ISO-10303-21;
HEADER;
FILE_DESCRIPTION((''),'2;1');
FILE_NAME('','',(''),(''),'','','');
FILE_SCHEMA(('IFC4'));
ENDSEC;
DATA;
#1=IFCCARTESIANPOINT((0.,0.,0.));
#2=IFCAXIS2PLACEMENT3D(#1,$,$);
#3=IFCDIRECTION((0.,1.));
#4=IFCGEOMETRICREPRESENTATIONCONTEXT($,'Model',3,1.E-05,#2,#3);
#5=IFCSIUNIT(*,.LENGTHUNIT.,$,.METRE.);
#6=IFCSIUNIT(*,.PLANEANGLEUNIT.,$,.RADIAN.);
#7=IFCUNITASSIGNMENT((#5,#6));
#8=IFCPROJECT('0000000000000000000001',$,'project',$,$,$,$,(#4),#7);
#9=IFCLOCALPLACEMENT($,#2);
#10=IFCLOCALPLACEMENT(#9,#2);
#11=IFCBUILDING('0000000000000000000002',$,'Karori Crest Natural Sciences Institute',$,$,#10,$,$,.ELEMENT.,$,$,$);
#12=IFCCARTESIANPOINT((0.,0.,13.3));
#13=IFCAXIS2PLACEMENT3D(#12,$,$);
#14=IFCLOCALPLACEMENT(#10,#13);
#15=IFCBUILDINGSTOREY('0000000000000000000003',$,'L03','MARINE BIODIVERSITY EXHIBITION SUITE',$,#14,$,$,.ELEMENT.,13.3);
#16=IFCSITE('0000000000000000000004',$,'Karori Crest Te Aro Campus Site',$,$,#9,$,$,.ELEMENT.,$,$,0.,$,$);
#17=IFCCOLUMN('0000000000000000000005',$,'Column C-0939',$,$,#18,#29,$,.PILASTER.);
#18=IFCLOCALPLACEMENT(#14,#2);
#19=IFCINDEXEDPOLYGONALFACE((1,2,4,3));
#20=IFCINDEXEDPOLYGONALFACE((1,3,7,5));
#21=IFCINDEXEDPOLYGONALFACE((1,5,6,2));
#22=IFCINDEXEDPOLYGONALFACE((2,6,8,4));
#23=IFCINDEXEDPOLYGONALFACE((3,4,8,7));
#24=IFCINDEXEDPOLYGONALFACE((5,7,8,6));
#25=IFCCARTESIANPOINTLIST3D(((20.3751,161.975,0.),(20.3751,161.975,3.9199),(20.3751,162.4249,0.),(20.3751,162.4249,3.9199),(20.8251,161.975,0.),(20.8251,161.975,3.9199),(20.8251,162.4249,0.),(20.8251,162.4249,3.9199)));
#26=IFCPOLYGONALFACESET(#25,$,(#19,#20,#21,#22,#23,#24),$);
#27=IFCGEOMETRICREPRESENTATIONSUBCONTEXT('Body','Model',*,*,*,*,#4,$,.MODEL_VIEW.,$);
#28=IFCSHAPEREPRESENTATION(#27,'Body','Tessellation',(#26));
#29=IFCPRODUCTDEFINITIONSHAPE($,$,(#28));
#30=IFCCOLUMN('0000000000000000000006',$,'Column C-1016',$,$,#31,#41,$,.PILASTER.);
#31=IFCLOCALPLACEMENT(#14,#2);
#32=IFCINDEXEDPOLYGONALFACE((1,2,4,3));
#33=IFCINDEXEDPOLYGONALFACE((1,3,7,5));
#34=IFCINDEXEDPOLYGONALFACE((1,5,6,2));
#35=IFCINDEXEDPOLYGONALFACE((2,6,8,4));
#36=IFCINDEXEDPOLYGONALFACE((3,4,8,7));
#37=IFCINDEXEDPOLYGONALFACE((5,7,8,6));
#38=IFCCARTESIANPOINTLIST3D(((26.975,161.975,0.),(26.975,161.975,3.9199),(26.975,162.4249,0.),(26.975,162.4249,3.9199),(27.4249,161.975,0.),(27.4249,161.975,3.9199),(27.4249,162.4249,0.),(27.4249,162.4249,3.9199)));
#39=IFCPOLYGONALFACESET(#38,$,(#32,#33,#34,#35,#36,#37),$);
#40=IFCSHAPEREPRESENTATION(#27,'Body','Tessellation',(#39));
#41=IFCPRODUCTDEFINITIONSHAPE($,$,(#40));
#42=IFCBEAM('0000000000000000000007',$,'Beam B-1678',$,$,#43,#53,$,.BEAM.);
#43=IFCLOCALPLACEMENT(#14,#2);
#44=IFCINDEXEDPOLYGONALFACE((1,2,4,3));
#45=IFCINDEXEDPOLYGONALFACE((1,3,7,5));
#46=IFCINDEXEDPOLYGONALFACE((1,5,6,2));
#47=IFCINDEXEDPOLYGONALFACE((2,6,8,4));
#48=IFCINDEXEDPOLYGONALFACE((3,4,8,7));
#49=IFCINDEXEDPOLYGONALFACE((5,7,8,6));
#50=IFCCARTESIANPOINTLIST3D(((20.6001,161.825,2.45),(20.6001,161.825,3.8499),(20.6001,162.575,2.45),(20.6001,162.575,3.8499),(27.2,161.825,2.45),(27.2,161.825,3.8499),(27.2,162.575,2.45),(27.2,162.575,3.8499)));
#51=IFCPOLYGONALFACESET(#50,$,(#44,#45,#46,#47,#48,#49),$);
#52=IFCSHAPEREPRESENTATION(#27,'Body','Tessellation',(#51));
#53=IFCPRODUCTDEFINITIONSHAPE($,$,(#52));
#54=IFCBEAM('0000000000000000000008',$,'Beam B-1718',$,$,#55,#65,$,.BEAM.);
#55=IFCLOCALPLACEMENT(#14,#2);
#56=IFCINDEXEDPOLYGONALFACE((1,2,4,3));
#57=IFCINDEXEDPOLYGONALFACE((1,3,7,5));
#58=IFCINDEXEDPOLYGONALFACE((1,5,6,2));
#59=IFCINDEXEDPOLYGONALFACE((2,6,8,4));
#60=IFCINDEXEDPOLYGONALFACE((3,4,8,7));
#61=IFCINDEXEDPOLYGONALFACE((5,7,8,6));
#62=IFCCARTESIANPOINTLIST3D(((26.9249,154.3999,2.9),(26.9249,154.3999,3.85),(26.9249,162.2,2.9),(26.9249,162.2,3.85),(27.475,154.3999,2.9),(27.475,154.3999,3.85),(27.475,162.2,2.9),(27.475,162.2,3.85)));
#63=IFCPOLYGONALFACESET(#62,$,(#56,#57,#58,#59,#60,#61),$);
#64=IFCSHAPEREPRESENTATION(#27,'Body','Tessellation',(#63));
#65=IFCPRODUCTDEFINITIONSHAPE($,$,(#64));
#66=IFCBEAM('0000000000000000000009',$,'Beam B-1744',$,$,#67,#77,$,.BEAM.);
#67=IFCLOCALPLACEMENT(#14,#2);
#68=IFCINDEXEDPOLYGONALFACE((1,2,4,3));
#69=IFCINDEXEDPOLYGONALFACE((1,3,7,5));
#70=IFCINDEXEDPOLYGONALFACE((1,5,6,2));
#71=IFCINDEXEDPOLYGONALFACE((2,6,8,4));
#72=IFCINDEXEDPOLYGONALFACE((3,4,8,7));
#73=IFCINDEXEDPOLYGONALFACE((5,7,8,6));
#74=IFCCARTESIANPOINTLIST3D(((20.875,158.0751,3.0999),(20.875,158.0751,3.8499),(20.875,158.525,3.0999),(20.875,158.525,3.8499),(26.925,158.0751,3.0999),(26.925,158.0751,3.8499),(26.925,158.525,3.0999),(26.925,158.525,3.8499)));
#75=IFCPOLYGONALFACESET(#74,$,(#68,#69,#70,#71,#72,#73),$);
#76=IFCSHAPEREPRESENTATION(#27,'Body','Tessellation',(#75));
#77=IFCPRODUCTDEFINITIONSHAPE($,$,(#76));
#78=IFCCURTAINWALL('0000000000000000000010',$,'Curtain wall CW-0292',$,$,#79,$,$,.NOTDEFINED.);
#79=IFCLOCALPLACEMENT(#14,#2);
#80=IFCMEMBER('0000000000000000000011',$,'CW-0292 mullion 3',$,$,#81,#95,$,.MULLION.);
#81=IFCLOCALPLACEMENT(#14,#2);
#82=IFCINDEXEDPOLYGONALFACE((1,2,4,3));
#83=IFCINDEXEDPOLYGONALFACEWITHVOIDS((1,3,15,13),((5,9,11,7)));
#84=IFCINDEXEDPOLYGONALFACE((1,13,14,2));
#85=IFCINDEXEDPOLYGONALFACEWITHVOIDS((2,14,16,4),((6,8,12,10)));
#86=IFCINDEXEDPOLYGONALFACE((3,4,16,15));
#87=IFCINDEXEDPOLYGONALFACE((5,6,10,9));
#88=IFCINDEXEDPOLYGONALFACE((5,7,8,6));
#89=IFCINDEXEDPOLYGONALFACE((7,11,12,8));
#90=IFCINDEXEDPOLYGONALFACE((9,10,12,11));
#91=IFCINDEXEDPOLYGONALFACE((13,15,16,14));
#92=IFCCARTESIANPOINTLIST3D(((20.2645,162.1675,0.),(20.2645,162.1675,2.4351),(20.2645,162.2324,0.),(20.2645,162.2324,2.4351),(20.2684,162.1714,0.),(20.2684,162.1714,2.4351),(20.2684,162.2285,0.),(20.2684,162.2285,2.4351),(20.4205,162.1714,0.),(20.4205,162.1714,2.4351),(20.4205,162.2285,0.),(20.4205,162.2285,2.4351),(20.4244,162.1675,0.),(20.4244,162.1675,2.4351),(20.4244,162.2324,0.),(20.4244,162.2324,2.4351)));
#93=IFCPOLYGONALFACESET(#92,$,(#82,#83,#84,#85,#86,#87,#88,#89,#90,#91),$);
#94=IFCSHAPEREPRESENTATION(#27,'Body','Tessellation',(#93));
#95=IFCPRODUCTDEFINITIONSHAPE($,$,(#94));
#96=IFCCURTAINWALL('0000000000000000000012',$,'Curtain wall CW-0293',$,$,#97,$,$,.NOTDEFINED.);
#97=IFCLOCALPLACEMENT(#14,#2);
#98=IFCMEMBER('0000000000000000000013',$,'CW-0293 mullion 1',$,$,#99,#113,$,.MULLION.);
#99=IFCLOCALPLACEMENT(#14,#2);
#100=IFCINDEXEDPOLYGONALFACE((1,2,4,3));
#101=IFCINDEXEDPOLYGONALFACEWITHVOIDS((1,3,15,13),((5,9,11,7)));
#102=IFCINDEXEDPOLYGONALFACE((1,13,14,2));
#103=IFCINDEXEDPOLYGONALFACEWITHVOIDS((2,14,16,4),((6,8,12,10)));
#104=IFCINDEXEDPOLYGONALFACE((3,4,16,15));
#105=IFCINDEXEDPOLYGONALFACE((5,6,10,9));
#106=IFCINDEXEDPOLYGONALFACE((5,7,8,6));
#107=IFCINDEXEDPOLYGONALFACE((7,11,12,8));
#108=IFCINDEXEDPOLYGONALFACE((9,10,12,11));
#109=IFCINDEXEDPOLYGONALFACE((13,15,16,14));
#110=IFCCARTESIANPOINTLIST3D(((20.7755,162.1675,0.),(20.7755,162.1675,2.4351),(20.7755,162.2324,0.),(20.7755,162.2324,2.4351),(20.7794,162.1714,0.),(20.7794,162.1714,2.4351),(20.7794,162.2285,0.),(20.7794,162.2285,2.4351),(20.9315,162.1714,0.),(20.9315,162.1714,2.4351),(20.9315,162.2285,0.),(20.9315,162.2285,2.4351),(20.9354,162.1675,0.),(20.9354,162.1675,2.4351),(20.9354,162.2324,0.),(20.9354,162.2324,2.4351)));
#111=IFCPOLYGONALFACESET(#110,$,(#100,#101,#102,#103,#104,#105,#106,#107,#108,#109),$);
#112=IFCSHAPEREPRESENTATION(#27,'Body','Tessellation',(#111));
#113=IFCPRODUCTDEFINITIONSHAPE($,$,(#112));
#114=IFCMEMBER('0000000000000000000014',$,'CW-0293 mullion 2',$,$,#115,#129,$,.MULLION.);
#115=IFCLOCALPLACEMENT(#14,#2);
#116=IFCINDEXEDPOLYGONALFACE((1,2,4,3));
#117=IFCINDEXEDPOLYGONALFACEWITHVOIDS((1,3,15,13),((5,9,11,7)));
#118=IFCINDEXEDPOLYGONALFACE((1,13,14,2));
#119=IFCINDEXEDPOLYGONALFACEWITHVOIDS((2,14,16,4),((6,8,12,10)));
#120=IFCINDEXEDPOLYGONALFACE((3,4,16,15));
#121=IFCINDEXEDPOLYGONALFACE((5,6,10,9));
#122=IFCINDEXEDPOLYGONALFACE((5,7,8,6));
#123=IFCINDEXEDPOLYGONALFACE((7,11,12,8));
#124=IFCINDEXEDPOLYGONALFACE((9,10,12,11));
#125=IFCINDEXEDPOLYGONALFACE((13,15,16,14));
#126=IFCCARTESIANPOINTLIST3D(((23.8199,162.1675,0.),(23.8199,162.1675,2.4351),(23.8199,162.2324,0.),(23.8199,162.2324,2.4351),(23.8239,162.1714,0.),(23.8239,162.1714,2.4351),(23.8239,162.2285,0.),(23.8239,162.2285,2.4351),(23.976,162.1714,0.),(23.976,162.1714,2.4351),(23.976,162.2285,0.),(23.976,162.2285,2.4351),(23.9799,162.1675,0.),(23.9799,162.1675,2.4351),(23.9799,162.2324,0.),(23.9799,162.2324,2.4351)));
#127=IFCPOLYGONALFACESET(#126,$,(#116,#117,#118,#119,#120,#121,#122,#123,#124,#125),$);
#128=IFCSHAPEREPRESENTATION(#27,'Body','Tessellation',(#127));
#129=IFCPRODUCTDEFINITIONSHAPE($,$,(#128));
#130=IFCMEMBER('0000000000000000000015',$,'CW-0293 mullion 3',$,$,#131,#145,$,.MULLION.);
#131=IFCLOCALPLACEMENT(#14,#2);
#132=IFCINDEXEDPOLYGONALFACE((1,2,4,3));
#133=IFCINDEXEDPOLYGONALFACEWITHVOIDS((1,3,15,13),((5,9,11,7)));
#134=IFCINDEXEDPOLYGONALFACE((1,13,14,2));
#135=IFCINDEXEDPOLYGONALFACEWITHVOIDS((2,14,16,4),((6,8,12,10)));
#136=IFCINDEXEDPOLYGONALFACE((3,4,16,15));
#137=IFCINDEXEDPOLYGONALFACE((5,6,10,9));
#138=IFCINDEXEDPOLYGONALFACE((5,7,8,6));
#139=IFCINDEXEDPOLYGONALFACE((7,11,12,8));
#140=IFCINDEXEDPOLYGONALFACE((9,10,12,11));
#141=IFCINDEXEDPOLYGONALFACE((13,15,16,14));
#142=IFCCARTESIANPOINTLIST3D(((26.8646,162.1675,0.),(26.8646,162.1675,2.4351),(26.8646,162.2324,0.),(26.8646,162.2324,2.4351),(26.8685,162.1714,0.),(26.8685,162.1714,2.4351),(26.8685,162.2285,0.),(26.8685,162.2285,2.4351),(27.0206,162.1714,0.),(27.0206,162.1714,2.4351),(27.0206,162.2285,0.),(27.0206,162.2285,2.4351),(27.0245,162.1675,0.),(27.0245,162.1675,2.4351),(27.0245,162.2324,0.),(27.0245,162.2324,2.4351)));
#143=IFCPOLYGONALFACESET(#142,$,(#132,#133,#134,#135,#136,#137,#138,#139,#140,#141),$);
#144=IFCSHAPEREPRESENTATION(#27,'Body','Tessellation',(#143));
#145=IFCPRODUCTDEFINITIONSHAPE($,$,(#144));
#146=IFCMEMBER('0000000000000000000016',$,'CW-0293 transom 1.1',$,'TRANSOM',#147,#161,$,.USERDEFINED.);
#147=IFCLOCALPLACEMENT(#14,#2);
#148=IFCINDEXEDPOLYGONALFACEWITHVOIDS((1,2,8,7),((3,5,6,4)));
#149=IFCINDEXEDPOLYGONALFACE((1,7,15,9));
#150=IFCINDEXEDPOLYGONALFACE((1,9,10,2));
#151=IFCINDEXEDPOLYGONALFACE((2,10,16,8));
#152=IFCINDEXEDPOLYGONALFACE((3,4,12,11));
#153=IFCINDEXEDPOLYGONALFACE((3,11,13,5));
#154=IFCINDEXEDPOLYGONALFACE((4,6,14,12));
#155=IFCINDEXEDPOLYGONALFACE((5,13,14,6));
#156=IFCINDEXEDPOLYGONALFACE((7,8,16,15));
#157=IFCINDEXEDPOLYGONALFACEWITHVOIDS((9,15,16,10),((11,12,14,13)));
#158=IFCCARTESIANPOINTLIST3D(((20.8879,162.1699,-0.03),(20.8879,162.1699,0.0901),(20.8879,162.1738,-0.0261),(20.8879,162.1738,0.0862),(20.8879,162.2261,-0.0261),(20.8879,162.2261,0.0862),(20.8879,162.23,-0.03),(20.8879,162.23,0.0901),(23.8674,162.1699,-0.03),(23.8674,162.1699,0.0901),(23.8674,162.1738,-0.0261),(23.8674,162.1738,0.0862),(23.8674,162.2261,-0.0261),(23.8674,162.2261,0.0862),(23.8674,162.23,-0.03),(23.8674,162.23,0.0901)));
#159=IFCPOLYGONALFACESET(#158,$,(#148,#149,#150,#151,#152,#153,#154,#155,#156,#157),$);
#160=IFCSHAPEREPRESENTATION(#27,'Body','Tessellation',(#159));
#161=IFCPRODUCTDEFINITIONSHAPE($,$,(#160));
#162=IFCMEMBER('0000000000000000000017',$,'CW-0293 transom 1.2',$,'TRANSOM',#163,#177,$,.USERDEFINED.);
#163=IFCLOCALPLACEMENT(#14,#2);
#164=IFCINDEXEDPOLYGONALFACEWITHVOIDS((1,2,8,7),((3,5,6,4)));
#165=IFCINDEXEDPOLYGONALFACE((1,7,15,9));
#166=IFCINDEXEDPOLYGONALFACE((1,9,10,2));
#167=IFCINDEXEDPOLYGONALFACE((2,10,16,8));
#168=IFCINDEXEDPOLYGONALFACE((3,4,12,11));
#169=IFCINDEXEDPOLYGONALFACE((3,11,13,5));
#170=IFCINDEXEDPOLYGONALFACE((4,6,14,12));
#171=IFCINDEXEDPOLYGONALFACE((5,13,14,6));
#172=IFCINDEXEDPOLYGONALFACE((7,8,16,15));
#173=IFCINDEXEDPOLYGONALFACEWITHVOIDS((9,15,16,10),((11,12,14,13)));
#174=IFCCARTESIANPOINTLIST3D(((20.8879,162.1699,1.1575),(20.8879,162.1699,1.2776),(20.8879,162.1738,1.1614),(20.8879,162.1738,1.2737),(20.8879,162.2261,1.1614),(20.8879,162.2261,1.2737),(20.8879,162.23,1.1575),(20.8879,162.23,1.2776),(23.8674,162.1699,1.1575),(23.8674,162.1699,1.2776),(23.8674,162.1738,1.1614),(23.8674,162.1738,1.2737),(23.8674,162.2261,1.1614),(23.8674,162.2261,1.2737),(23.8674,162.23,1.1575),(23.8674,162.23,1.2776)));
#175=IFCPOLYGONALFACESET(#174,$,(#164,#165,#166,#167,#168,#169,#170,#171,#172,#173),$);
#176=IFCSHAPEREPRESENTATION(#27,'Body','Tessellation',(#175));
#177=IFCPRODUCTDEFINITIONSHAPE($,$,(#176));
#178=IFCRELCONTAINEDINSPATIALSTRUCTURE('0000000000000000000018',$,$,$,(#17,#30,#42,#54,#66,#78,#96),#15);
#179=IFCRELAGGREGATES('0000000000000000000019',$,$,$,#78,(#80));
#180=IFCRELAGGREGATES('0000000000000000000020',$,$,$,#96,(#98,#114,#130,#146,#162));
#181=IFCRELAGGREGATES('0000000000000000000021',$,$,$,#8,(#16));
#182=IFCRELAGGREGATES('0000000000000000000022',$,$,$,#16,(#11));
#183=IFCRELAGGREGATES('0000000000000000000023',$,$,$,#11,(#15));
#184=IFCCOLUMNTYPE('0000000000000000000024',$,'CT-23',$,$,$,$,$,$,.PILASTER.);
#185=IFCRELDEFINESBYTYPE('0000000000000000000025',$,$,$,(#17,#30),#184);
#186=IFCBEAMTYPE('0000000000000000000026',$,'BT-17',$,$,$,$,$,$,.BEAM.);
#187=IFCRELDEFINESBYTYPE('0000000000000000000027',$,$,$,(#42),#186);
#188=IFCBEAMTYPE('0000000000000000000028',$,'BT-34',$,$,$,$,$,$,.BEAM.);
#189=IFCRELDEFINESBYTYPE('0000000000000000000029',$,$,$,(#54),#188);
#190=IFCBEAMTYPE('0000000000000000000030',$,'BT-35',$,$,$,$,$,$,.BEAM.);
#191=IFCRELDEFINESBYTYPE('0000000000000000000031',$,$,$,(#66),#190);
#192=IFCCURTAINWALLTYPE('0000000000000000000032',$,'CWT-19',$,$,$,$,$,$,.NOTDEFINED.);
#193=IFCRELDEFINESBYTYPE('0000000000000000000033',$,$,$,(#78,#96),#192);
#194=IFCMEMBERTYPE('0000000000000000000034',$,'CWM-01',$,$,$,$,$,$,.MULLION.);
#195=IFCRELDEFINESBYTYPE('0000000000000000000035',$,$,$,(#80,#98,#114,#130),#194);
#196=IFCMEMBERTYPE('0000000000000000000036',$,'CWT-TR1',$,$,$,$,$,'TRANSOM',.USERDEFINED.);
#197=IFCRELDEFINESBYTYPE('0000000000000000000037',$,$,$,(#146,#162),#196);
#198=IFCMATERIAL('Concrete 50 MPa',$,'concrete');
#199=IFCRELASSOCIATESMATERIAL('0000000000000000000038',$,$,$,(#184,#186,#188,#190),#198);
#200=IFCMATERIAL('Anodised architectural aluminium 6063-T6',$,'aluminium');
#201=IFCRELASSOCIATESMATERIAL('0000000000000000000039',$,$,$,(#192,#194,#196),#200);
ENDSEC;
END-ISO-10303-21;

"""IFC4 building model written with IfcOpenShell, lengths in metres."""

from ifc_helpers import new_model, si_unit, direction, frame, origin, origin_2d, place, context, subcontext, project, spatial, rectangle, hollow_rectangle, extrude, material, material_profile, profile_set, type_object, element, aggregate, save


model = new_model("IFC4")

# Units and contexts
model_context = context("Model", 3, precision=1e-05, world=origin(), true_north=direction((0.0, 1.0)))
body_context = subcontext(model_context, "Body", "Model", "MODEL_VIEW")
ifc_project = project(units=[si_unit("LENGTHUNIT", "METRE"), si_unit("PLANEANGLEUNIT", "RADIAN")], contexts=[model_context])

# Site, building, storey
site_placement = place(None, origin())
site = spatial("IfcSite", under=ifc_project, at=site_placement, Name="Karori Crest Te Aro Campus Site", CompositionType="ELEMENT", RefElevation=0.0)
building_placement = place(site_placement, origin())
building = spatial("IfcBuilding", under=site, at=building_placement, Name="Karori Crest Natural Sciences Institute", CompositionType="ELEMENT")
storey_placement = place(building_placement, frame((0.0, 0.0, 13.3)))
storey = spatial("IfcBuildingStorey", under=building, at=storey_placement, Name="L03", Description="MARINE BIODIVERSITY EXHIBITION SUITE", CompositionType="ELEMENT", Elevation=13.3)

# Columns
ifc_material_1 = material(Name="Concrete 50 MPa", Category="concrete")
ifc_material_profile_1 = material_profile(ifc_material_1, rectangle(XDim=0.45, YDim=0.45, at=origin_2d()), Name="RC450x450")
ifc_profile_set_1 = profile_set([ifc_material_profile_1], Name="Concrete 50 MPa")
column_type = type_object("IfcColumnType", Name="CT-23", PredefinedType="PILASTER", material=ifc_profile_set_1)
for number, where, z_axis, x_axis, name in (
    (1, (20.6001, 162.2, 0.0), (0.0, 0.0, 1.0), (1.0, 0.0, 0.0), "Column C-0939"),
    (2, (27.2, 162.2, 0.0), (0.0, 0.0, 1.0), (1.0, 0.0, 0.0), "Column C-1016"),
):
    element("IfcColumn", number, at=place(storey_placement, frame(where, z_axis=z_axis, x_axis=x_axis)), inside=storey, type_object=column_type, Name=name, PredefinedType="PILASTER", context=body_context, shape_type="SweptSolid", body=[
        extrude(rectangle(XDim=0.45, YDim=0.45, at=origin_2d()), origin(), (0.0, 0.0, 1.0), 3.9199),
    ])

# Beams
ifc_material_profile_2 = material_profile(ifc_material_1, rectangle(XDim=0.75, YDim=1.3999, at=origin_2d()), Name="RCB750x1400")
ifc_profile_set_2 = profile_set([ifc_material_profile_2], Name="Concrete 50 MPa")
beam_type_1 = type_object("IfcBeamType", Name="BT-17", PredefinedType="BEAM", material=ifc_profile_set_2)
beam_1_placement = place(storey_placement, frame((20.6001, 162.2, 3.1499), z_axis=(1.0, 0.0, 0.0), x_axis=(0.0, 1.0, 0.0)))
element("IfcBeam", 3, at=beam_1_placement, inside=storey, type_object=beam_type_1, Name="Beam B-1678", PredefinedType="BEAM", context=body_context, shape_type="SweptSolid", body=[
    extrude(rectangle(XDim=0.75, YDim=1.3999, at=origin_2d()), origin(), (0.0, 0.0, 1.0), 6.5999),
])
ifc_material_profile_3 = material_profile(ifc_material_1, rectangle(XDim=0.55, YDim=0.95, at=origin_2d()), Name="RCB550x950")
ifc_profile_set_3 = profile_set([ifc_material_profile_3], Name="Concrete 50 MPa")
beam_type_2 = type_object("IfcBeamType", Name="BT-34", PredefinedType="BEAM", material=ifc_profile_set_3)
beam_2_placement = place(storey_placement, frame((27.2, 154.3999, 3.375), z_axis=(0.0, 1.0, 0.0), x_axis=(-1.0, 0.0, 0.0)))
element("IfcBeam", 4, at=beam_2_placement, inside=storey, type_object=beam_type_2, Name="Beam B-1718", PredefinedType="BEAM", context=body_context, shape_type="SweptSolid", body=[
    extrude(rectangle(XDim=0.55, YDim=0.95, at=origin_2d()), origin(), (0.0, 0.0, 1.0), 7.8),
])
ifc_material_profile_4 = material_profile(ifc_material_1, rectangle(XDim=0.45, YDim=0.75, at=origin_2d()), Name="RCB450x750")
ifc_profile_set_4 = profile_set([ifc_material_profile_4], Name="Concrete 50 MPa")
beam_type_3 = type_object("IfcBeamType", Name="BT-35", PredefinedType="BEAM", material=ifc_profile_set_4)
beam_3_placement = place(storey_placement, frame((20.875, 158.3, 3.4749), z_axis=(1.0, 0.0, 0.0), x_axis=(0.0, 1.0, 0.0)))
element("IfcBeam", 5, at=beam_3_placement, inside=storey, type_object=beam_type_3, Name="Beam B-1744", PredefinedType="BEAM", context=body_context, shape_type="SweptSolid", body=[
    extrude(rectangle(XDim=0.45, YDim=0.75, at=origin_2d()), origin(), (0.0, 0.0, 1.0), 6.05),
])

# Curtain wall, member
ifc_material_2 = material(Name="Anodised architectural aluminium 6063-T6", Category="aluminium")
curtain_wall_type = type_object("IfcCurtainWallType", Name="CWT-19", PredefinedType="NOTDEFINED", material=ifc_material_2)
curtain_wall_1_placement = place(storey_placement, origin())
curtain_wall_1 = element("IfcCurtainWall", 6, at=curtain_wall_1_placement, inside=storey, type_object=curtain_wall_type, Name="Curtain wall CW-0292", PredefinedType="NOTDEFINED")
ifc_material_profile_5 = material_profile(ifc_material_2, hollow_rectangle(XDim=0.0649, YDim=0.1599, WallThickness=0.0039, at=origin_2d()), Name="CWM160x65x4")
ifc_profile_set_5 = profile_set([ifc_material_profile_5], Name="Anodised architectural aluminium 6063-T6")
member_type_1 = type_object("IfcMemberType", Name="CWM-01", PredefinedType="MULLION", material=ifc_profile_set_5)
member_1_placement = place(storey_placement, frame((20.3445, 162.2, 0.0), z_axis=(0.0, 0.0, 1.0), x_axis=(0.0, 1.0, 0.0)))
member_1 = element("IfcMember", 7, at=member_1_placement, type_object=member_type_1, Name="CW-0292 mullion 3", PredefinedType="MULLION", context=body_context, shape_type="SweptSolid", body=[
    extrude(hollow_rectangle(XDim=0.0649, YDim=0.1599, WallThickness=0.0039, at=origin_2d()), origin(), (0.0, 0.0, 1.0), 2.4351),
])
aggregate(curtain_wall_1, [member_1])

# Curtain wall, members
curtain_wall_2_placement = place(storey_placement, origin())
curtain_wall_2 = element("IfcCurtainWall", 8, at=curtain_wall_2_placement, inside=storey, type_object=curtain_wall_type, Name="Curtain wall CW-0293", PredefinedType="NOTDEFINED")
member_2_placement = place(storey_placement, frame((20.8555, 162.2, 0.0), z_axis=(0.0, 0.0, 1.0), x_axis=(0.0, 1.0, 0.0)))
member_2 = element("IfcMember", 9, at=member_2_placement, type_object=member_type_1, Name="CW-0293 mullion 1", PredefinedType="MULLION", context=body_context, shape_type="SweptSolid", body=[
    extrude(hollow_rectangle(XDim=0.0649, YDim=0.1599, WallThickness=0.0039, at=origin_2d()), origin(), (0.0, 0.0, 1.0), 2.4351),
])
member_3_placement = place(storey_placement, frame((23.8999, 162.2, 0.0), z_axis=(0.0, 0.0, 1.0), x_axis=(0.0, 1.0, 0.0)))
member_3 = element("IfcMember", 10, at=member_3_placement, type_object=member_type_1, Name="CW-0293 mullion 2", PredefinedType="MULLION", context=body_context, shape_type="SweptSolid", body=[
    extrude(hollow_rectangle(XDim=0.0649, YDim=0.1599, WallThickness=0.0039, at=origin_2d()), origin(), (0.0, 0.0, 1.0), 2.4351),
])
member_4_placement = place(storey_placement, frame((26.9446, 162.2, 0.0), z_axis=(0.0, 0.0, 1.0), x_axis=(0.0, 1.0, 0.0)))
member_4 = element("IfcMember", 11, at=member_4_placement, type_object=member_type_1, Name="CW-0293 mullion 3", PredefinedType="MULLION", context=body_context, shape_type="SweptSolid", body=[
    extrude(hollow_rectangle(XDim=0.0649, YDim=0.1599, WallThickness=0.0039, at=origin_2d()), origin(), (0.0, 0.0, 1.0), 2.4351),
])
ifc_material_profile_6 = material_profile(ifc_material_2, hollow_rectangle(XDim=0.0601, YDim=0.1201, WallThickness=0.0039, at=origin_2d()), Name="CWT120x60x4")
ifc_profile_set_6 = profile_set([ifc_material_profile_6], Name="Anodised architectural aluminium 6063-T6")
member_type_2 = type_object("IfcMemberType", Name="CWT-TR1", ElementType="TRANSOM", PredefinedType="USERDEFINED", material=ifc_profile_set_6)
member_5_placement = place(storey_placement, frame((20.8879, 162.2, 0.03), z_axis=(1.0, 0.0, 0.0), x_axis=(0.0, 1.0, 0.0)))
member_5 = element("IfcMember", 12, at=member_5_placement, type_object=member_type_2, Name="CW-0293 transom 1.1", ObjectType="TRANSOM", PredefinedType="USERDEFINED", context=body_context, shape_type="SweptSolid", body=[
    extrude(hollow_rectangle(XDim=0.0601, YDim=0.1201, WallThickness=0.0039, at=origin_2d()), origin(), (0.0, 0.0, 1.0), 2.9795),
])
member_6_placement = place(storey_placement, frame((20.8879, 162.2, 1.2175), z_axis=(1.0, 0.0, 0.0), x_axis=(0.0, 1.0, 0.0)))
member_6 = element("IfcMember", 13, at=member_6_placement, type_object=member_type_2, Name="CW-0293 transom 1.2", ObjectType="TRANSOM", PredefinedType="USERDEFINED", context=body_context, shape_type="SweptSolid", body=[
    extrude(hollow_rectangle(XDim=0.0601, YDim=0.1201, WallThickness=0.0039, at=origin_2d()), origin(), (0.0, 0.0, 1.0), 2.9795),
])
aggregate(curtain_wall_2, [member_2, member_3, member_4, member_5, member_6])

save(model, "model.ifc")
